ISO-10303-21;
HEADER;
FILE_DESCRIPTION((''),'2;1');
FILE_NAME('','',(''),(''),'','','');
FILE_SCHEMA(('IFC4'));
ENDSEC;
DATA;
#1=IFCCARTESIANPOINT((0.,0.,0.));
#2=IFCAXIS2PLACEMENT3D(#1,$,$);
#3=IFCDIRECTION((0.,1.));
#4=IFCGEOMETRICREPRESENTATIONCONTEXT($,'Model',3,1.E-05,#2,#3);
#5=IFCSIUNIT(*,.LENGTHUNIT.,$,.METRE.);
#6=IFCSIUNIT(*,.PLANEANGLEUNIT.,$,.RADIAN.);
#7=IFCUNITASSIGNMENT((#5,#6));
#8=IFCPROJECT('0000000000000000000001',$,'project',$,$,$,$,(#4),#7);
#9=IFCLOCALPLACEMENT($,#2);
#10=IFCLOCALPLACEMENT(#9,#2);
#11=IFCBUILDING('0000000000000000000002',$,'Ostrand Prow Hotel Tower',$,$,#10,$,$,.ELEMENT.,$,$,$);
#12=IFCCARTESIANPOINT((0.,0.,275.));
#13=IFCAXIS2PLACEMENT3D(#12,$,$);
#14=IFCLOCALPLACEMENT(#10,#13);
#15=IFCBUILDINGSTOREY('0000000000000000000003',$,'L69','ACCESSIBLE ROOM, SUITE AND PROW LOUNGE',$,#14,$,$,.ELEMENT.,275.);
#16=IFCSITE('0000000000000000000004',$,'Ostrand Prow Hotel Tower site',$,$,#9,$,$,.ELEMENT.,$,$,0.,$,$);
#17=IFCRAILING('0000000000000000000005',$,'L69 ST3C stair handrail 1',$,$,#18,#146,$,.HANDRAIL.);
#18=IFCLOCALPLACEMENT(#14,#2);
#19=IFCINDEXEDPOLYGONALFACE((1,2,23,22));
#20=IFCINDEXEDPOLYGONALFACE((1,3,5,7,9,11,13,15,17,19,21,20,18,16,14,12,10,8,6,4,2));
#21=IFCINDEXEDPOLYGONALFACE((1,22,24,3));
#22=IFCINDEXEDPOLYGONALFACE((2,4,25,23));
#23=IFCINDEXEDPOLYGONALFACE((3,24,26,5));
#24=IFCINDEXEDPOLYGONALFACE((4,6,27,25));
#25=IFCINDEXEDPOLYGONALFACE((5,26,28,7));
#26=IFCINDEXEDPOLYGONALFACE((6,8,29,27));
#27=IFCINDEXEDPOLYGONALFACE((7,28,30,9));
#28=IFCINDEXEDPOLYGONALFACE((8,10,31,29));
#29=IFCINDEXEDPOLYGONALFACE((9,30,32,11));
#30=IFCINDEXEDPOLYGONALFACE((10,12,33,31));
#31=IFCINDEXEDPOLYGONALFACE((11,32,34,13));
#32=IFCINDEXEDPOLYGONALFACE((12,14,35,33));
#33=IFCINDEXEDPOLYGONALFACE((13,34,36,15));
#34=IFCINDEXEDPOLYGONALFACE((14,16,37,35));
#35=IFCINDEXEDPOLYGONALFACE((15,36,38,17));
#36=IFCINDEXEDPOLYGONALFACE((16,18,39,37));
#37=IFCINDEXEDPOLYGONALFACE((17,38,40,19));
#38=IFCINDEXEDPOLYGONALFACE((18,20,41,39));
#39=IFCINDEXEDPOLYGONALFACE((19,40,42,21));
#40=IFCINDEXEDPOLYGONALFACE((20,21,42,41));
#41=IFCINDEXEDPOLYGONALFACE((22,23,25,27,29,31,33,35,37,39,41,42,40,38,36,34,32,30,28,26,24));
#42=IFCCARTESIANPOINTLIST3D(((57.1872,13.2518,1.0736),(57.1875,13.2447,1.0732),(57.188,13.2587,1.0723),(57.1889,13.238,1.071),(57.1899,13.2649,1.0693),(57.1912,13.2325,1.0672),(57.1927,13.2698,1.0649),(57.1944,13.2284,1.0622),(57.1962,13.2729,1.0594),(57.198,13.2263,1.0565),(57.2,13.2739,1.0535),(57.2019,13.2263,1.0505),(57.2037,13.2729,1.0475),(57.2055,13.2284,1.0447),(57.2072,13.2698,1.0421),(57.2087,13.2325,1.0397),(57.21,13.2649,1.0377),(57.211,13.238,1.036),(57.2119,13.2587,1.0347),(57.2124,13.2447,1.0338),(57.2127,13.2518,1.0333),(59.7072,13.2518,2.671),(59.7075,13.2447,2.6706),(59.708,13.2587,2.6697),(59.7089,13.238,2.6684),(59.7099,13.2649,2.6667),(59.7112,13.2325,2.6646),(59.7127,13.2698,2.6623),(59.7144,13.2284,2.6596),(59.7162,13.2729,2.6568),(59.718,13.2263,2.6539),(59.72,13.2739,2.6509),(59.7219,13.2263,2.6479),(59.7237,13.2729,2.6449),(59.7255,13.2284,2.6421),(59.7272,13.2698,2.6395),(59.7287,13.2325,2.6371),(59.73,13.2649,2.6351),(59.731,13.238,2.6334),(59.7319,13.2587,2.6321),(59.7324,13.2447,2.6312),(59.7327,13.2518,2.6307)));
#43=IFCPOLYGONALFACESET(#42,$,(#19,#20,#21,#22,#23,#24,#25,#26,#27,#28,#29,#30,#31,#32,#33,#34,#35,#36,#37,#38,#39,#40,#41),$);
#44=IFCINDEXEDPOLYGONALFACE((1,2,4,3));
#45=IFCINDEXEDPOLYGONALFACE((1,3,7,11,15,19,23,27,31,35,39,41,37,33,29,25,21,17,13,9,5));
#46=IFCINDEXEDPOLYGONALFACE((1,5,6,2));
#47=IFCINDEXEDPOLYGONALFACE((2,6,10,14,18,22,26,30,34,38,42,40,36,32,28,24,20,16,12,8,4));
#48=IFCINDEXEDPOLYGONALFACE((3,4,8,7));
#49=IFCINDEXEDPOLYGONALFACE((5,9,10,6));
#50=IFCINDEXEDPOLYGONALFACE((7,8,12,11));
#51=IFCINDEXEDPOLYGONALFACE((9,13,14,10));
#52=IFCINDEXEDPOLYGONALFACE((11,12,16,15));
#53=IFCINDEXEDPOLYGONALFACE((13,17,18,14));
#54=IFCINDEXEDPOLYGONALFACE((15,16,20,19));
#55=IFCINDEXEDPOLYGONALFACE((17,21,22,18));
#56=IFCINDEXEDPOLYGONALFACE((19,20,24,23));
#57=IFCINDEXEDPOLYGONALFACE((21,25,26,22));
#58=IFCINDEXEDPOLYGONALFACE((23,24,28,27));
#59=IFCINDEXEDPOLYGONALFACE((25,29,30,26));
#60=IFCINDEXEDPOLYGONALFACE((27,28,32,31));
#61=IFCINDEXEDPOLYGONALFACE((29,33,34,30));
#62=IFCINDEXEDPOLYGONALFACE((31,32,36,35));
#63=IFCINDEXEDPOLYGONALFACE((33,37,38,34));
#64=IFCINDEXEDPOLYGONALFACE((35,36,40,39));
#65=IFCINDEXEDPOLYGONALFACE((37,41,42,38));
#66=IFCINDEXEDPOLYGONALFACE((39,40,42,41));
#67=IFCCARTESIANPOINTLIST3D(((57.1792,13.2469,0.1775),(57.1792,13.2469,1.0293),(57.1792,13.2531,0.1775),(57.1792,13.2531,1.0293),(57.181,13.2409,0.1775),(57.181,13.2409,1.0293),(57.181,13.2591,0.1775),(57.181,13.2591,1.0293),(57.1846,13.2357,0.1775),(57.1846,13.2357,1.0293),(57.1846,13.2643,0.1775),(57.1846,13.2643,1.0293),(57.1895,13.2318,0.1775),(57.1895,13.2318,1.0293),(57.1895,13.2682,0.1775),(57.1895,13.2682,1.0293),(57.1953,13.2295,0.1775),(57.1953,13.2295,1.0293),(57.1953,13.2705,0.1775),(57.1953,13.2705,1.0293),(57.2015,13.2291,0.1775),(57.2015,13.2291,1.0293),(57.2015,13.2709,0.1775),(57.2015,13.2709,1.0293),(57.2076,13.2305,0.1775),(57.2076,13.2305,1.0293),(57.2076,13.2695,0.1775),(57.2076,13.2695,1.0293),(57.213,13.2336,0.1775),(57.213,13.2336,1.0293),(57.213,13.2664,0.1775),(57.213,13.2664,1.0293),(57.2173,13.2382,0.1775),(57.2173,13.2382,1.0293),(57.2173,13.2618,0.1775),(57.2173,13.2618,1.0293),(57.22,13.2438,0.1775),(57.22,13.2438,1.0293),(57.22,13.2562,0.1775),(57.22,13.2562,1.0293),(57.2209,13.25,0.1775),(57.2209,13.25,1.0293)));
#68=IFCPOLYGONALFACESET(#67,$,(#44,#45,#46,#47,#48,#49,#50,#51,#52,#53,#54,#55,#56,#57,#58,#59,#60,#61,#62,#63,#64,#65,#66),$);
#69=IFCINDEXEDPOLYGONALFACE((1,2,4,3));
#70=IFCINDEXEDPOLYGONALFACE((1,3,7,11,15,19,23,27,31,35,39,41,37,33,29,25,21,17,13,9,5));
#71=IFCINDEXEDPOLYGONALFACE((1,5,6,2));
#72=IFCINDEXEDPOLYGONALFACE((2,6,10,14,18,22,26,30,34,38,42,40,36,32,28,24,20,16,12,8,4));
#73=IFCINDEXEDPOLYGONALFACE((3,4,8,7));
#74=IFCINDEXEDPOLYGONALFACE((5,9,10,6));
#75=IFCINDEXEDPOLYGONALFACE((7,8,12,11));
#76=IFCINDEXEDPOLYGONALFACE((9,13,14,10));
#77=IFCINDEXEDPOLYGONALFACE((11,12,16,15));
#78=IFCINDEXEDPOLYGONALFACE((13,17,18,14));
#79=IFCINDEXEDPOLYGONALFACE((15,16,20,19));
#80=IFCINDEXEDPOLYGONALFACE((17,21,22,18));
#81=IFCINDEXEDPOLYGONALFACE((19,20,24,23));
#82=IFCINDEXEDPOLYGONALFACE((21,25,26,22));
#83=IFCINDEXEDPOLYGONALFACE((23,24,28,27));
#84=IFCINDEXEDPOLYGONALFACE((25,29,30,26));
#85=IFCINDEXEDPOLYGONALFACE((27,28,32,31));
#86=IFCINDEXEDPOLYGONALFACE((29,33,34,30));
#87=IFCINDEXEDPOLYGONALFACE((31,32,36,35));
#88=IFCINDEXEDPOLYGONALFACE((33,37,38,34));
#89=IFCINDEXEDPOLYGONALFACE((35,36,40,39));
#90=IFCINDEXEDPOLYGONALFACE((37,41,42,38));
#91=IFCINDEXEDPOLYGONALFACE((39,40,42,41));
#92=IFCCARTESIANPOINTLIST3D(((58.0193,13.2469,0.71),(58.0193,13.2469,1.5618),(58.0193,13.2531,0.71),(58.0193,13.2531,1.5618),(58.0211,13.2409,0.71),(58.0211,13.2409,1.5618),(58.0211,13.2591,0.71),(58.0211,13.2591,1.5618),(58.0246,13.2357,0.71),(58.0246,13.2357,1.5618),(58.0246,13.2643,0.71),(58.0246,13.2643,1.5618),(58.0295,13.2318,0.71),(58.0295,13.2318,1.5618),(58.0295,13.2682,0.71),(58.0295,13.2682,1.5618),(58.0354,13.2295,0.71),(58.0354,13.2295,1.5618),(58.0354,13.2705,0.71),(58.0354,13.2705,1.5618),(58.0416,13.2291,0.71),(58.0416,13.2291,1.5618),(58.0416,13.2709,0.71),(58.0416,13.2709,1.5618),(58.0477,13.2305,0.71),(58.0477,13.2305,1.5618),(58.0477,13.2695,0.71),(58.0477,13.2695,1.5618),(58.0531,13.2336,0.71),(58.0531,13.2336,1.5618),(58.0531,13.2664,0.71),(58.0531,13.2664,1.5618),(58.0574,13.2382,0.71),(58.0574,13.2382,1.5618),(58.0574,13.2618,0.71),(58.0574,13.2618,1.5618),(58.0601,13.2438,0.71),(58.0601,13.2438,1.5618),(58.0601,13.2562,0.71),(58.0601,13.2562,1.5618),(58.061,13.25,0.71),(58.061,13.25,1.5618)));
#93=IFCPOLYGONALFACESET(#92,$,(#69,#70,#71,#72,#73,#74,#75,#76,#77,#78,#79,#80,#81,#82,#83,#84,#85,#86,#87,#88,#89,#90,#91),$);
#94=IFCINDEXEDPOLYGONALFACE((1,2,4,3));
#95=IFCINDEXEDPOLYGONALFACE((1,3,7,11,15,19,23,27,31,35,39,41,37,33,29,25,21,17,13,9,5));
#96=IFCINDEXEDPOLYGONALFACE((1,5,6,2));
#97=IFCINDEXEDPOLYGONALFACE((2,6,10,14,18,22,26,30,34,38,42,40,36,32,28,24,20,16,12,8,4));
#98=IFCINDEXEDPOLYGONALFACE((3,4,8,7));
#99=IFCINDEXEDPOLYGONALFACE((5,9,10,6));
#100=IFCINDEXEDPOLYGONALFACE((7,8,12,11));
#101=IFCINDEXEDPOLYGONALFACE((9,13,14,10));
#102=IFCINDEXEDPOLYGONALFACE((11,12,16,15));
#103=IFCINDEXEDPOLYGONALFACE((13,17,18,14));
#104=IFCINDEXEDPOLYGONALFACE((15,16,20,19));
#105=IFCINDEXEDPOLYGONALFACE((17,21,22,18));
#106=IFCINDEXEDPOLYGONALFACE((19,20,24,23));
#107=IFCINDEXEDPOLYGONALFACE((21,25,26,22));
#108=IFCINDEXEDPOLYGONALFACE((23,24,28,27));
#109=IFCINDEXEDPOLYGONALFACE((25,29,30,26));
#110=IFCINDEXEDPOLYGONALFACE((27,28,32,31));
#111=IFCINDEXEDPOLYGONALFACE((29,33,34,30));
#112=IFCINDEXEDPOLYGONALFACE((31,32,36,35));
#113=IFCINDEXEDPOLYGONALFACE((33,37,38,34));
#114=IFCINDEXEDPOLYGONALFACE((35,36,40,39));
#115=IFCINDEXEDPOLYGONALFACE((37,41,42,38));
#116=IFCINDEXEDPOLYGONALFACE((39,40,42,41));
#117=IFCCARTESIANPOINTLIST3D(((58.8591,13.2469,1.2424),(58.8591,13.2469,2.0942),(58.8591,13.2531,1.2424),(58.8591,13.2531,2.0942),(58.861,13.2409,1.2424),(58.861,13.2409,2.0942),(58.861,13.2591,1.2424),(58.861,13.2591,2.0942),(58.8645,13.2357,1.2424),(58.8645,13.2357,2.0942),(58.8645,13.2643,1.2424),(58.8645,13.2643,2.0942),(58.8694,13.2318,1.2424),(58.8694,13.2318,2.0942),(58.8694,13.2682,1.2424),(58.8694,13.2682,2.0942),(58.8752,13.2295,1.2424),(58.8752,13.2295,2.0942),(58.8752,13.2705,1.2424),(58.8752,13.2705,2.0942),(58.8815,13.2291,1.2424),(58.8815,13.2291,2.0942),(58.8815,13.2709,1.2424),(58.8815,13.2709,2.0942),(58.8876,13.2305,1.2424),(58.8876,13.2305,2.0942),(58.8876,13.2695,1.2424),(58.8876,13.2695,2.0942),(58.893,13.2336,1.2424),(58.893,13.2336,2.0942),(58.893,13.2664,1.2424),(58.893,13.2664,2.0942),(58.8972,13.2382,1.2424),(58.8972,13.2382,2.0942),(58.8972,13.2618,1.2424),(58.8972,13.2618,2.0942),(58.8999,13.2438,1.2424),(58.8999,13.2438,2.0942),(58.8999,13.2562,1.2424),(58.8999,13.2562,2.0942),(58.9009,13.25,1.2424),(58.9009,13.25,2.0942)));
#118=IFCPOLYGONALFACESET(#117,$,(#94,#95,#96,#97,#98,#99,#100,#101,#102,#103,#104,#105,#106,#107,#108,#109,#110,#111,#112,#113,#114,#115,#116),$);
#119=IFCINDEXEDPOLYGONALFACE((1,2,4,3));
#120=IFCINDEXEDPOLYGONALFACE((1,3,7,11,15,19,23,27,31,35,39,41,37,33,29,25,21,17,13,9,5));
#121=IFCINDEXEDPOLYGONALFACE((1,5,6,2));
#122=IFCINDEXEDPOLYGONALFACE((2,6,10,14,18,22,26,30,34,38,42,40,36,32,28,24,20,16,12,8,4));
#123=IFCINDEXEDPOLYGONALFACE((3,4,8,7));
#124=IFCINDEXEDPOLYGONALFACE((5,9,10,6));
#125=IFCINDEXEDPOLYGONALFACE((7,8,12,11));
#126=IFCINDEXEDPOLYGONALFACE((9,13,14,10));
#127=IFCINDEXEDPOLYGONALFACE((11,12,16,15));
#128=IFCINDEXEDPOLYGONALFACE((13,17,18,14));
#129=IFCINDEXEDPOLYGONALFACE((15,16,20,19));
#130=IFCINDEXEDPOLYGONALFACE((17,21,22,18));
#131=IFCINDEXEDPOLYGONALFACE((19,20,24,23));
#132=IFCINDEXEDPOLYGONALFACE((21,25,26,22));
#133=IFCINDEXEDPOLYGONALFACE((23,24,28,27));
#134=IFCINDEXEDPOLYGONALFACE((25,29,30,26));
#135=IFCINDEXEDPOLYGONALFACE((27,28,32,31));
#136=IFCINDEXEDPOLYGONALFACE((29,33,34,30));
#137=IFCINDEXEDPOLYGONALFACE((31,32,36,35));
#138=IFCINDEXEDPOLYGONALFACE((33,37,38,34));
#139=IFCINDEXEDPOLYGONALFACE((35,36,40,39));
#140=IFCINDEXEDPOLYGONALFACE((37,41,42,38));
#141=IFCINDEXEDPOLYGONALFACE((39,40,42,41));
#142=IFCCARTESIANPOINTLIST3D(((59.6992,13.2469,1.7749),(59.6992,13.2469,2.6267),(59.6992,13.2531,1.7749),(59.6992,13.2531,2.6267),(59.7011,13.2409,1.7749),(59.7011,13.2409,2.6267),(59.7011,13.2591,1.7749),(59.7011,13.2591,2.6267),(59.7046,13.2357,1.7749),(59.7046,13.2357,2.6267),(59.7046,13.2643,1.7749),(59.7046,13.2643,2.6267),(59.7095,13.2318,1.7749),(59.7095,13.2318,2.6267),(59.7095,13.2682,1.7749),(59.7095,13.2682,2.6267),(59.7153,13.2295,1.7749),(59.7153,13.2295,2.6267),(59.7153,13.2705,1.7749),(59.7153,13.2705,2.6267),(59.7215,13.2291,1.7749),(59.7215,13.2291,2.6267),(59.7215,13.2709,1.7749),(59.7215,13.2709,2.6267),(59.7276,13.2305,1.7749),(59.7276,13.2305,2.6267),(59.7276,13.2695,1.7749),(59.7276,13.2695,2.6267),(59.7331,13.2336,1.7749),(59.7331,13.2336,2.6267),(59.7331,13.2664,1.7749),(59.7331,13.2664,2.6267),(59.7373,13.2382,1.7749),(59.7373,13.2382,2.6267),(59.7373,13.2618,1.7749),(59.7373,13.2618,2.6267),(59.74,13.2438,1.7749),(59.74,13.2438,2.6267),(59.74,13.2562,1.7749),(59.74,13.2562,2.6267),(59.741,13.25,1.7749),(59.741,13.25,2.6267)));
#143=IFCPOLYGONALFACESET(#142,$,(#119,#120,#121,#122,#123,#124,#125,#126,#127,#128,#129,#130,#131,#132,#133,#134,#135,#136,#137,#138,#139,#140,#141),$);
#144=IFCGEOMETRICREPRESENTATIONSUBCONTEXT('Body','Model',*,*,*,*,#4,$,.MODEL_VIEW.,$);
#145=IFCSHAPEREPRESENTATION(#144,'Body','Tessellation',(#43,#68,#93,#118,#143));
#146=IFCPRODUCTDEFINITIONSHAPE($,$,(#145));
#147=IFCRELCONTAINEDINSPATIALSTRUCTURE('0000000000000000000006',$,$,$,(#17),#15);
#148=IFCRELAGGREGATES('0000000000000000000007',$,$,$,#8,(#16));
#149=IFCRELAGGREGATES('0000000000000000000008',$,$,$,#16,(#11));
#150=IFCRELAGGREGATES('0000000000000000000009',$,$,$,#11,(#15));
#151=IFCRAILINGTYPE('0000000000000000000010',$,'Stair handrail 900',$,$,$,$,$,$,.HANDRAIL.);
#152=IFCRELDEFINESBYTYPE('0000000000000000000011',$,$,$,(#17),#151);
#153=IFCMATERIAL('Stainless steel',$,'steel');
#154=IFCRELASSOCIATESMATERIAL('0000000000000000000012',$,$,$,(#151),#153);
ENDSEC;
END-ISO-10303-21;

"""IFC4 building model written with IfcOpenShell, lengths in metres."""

from ifc_helpers import new_model, si_unit, direction, frame, origin, origin_2d, place, context, subcontext, project, spatial, circle, extrude, material, type_object, element, save


model = new_model("IFC4")

# Units and contexts
model_context = context("Model", 3, precision=1e-05, world=origin(), true_north=direction((0.0, 1.0)))
body_context = subcontext(model_context, "Body", "Model", "MODEL_VIEW")
ifc_project = project(units=[si_unit("LENGTHUNIT", "METRE"), si_unit("PLANEANGLEUNIT", "RADIAN")], contexts=[model_context])

# Site, building, storey
site_placement = place(None, origin())
site = spatial("IfcSite", under=ifc_project, at=site_placement, Name="Ostrand Prow Hotel Tower site", CompositionType="ELEMENT", RefElevation=0.0)
building_placement = place(site_placement, origin())
building = spatial("IfcBuilding", under=site, at=building_placement, Name="Ostrand Prow Hotel Tower", CompositionType="ELEMENT")
storey_placement = place(building_placement, frame((0.0, 0.0, 275.0)))
storey = spatial("IfcBuildingStorey", under=building, at=storey_placement, Name="L69", Description="ACCESSIBLE ROOM, SUITE AND PROW LOUNGE", CompositionType="ELEMENT", Elevation=275.0)

# Railing
ifc_material_1 = material(Name="Stainless steel", Category="steel")
railing_type_1 = type_object("IfcRailingType", Name="Stair handrail 900", PredefinedType="HANDRAIL", material=ifc_material_1)
railing_1_placement = place(storey_placement, frame((57.2, 13.25, 0.1775)))
element("IfcRailing", 1, at=railing_1_placement, inside=storey, type_object=railing_type_1, Name="L69 ST3C stair handrail 1", PredefinedType="HANDRAIL", context=body_context, shape_type="SweptSolid", body=[
    extrude(circle(Radius=0.0239, at=origin_2d()), frame((0.0, 0.0, 0.876), z_axis=(0.844607, 0.0, 0.535387), x_axis=(0.0, 1.0, 0.0)), (0.0, 0.0, 1.0), 2.9836),
    extrude(circle(Radius=0.021, at=origin_2d()), origin(), (0.0, 0.0, 1.0), 0.8518),
    extrude(circle(Radius=0.021, at=origin_2d()), frame((0.8401, 0.0, 0.5325)), (0.0, 0.0, 1.0), 0.8518),
    extrude(circle(Radius=0.021, at=origin_2d()), frame((1.6799, 0.0, 1.0649)), (0.0, 0.0, 1.0), 0.8518),
    extrude(circle(Radius=0.021, at=origin_2d()), frame((2.52, 0.0, 1.5974)), (0.0, 0.0, 1.0), 0.8518),
])

save(model, "model.ifc")
